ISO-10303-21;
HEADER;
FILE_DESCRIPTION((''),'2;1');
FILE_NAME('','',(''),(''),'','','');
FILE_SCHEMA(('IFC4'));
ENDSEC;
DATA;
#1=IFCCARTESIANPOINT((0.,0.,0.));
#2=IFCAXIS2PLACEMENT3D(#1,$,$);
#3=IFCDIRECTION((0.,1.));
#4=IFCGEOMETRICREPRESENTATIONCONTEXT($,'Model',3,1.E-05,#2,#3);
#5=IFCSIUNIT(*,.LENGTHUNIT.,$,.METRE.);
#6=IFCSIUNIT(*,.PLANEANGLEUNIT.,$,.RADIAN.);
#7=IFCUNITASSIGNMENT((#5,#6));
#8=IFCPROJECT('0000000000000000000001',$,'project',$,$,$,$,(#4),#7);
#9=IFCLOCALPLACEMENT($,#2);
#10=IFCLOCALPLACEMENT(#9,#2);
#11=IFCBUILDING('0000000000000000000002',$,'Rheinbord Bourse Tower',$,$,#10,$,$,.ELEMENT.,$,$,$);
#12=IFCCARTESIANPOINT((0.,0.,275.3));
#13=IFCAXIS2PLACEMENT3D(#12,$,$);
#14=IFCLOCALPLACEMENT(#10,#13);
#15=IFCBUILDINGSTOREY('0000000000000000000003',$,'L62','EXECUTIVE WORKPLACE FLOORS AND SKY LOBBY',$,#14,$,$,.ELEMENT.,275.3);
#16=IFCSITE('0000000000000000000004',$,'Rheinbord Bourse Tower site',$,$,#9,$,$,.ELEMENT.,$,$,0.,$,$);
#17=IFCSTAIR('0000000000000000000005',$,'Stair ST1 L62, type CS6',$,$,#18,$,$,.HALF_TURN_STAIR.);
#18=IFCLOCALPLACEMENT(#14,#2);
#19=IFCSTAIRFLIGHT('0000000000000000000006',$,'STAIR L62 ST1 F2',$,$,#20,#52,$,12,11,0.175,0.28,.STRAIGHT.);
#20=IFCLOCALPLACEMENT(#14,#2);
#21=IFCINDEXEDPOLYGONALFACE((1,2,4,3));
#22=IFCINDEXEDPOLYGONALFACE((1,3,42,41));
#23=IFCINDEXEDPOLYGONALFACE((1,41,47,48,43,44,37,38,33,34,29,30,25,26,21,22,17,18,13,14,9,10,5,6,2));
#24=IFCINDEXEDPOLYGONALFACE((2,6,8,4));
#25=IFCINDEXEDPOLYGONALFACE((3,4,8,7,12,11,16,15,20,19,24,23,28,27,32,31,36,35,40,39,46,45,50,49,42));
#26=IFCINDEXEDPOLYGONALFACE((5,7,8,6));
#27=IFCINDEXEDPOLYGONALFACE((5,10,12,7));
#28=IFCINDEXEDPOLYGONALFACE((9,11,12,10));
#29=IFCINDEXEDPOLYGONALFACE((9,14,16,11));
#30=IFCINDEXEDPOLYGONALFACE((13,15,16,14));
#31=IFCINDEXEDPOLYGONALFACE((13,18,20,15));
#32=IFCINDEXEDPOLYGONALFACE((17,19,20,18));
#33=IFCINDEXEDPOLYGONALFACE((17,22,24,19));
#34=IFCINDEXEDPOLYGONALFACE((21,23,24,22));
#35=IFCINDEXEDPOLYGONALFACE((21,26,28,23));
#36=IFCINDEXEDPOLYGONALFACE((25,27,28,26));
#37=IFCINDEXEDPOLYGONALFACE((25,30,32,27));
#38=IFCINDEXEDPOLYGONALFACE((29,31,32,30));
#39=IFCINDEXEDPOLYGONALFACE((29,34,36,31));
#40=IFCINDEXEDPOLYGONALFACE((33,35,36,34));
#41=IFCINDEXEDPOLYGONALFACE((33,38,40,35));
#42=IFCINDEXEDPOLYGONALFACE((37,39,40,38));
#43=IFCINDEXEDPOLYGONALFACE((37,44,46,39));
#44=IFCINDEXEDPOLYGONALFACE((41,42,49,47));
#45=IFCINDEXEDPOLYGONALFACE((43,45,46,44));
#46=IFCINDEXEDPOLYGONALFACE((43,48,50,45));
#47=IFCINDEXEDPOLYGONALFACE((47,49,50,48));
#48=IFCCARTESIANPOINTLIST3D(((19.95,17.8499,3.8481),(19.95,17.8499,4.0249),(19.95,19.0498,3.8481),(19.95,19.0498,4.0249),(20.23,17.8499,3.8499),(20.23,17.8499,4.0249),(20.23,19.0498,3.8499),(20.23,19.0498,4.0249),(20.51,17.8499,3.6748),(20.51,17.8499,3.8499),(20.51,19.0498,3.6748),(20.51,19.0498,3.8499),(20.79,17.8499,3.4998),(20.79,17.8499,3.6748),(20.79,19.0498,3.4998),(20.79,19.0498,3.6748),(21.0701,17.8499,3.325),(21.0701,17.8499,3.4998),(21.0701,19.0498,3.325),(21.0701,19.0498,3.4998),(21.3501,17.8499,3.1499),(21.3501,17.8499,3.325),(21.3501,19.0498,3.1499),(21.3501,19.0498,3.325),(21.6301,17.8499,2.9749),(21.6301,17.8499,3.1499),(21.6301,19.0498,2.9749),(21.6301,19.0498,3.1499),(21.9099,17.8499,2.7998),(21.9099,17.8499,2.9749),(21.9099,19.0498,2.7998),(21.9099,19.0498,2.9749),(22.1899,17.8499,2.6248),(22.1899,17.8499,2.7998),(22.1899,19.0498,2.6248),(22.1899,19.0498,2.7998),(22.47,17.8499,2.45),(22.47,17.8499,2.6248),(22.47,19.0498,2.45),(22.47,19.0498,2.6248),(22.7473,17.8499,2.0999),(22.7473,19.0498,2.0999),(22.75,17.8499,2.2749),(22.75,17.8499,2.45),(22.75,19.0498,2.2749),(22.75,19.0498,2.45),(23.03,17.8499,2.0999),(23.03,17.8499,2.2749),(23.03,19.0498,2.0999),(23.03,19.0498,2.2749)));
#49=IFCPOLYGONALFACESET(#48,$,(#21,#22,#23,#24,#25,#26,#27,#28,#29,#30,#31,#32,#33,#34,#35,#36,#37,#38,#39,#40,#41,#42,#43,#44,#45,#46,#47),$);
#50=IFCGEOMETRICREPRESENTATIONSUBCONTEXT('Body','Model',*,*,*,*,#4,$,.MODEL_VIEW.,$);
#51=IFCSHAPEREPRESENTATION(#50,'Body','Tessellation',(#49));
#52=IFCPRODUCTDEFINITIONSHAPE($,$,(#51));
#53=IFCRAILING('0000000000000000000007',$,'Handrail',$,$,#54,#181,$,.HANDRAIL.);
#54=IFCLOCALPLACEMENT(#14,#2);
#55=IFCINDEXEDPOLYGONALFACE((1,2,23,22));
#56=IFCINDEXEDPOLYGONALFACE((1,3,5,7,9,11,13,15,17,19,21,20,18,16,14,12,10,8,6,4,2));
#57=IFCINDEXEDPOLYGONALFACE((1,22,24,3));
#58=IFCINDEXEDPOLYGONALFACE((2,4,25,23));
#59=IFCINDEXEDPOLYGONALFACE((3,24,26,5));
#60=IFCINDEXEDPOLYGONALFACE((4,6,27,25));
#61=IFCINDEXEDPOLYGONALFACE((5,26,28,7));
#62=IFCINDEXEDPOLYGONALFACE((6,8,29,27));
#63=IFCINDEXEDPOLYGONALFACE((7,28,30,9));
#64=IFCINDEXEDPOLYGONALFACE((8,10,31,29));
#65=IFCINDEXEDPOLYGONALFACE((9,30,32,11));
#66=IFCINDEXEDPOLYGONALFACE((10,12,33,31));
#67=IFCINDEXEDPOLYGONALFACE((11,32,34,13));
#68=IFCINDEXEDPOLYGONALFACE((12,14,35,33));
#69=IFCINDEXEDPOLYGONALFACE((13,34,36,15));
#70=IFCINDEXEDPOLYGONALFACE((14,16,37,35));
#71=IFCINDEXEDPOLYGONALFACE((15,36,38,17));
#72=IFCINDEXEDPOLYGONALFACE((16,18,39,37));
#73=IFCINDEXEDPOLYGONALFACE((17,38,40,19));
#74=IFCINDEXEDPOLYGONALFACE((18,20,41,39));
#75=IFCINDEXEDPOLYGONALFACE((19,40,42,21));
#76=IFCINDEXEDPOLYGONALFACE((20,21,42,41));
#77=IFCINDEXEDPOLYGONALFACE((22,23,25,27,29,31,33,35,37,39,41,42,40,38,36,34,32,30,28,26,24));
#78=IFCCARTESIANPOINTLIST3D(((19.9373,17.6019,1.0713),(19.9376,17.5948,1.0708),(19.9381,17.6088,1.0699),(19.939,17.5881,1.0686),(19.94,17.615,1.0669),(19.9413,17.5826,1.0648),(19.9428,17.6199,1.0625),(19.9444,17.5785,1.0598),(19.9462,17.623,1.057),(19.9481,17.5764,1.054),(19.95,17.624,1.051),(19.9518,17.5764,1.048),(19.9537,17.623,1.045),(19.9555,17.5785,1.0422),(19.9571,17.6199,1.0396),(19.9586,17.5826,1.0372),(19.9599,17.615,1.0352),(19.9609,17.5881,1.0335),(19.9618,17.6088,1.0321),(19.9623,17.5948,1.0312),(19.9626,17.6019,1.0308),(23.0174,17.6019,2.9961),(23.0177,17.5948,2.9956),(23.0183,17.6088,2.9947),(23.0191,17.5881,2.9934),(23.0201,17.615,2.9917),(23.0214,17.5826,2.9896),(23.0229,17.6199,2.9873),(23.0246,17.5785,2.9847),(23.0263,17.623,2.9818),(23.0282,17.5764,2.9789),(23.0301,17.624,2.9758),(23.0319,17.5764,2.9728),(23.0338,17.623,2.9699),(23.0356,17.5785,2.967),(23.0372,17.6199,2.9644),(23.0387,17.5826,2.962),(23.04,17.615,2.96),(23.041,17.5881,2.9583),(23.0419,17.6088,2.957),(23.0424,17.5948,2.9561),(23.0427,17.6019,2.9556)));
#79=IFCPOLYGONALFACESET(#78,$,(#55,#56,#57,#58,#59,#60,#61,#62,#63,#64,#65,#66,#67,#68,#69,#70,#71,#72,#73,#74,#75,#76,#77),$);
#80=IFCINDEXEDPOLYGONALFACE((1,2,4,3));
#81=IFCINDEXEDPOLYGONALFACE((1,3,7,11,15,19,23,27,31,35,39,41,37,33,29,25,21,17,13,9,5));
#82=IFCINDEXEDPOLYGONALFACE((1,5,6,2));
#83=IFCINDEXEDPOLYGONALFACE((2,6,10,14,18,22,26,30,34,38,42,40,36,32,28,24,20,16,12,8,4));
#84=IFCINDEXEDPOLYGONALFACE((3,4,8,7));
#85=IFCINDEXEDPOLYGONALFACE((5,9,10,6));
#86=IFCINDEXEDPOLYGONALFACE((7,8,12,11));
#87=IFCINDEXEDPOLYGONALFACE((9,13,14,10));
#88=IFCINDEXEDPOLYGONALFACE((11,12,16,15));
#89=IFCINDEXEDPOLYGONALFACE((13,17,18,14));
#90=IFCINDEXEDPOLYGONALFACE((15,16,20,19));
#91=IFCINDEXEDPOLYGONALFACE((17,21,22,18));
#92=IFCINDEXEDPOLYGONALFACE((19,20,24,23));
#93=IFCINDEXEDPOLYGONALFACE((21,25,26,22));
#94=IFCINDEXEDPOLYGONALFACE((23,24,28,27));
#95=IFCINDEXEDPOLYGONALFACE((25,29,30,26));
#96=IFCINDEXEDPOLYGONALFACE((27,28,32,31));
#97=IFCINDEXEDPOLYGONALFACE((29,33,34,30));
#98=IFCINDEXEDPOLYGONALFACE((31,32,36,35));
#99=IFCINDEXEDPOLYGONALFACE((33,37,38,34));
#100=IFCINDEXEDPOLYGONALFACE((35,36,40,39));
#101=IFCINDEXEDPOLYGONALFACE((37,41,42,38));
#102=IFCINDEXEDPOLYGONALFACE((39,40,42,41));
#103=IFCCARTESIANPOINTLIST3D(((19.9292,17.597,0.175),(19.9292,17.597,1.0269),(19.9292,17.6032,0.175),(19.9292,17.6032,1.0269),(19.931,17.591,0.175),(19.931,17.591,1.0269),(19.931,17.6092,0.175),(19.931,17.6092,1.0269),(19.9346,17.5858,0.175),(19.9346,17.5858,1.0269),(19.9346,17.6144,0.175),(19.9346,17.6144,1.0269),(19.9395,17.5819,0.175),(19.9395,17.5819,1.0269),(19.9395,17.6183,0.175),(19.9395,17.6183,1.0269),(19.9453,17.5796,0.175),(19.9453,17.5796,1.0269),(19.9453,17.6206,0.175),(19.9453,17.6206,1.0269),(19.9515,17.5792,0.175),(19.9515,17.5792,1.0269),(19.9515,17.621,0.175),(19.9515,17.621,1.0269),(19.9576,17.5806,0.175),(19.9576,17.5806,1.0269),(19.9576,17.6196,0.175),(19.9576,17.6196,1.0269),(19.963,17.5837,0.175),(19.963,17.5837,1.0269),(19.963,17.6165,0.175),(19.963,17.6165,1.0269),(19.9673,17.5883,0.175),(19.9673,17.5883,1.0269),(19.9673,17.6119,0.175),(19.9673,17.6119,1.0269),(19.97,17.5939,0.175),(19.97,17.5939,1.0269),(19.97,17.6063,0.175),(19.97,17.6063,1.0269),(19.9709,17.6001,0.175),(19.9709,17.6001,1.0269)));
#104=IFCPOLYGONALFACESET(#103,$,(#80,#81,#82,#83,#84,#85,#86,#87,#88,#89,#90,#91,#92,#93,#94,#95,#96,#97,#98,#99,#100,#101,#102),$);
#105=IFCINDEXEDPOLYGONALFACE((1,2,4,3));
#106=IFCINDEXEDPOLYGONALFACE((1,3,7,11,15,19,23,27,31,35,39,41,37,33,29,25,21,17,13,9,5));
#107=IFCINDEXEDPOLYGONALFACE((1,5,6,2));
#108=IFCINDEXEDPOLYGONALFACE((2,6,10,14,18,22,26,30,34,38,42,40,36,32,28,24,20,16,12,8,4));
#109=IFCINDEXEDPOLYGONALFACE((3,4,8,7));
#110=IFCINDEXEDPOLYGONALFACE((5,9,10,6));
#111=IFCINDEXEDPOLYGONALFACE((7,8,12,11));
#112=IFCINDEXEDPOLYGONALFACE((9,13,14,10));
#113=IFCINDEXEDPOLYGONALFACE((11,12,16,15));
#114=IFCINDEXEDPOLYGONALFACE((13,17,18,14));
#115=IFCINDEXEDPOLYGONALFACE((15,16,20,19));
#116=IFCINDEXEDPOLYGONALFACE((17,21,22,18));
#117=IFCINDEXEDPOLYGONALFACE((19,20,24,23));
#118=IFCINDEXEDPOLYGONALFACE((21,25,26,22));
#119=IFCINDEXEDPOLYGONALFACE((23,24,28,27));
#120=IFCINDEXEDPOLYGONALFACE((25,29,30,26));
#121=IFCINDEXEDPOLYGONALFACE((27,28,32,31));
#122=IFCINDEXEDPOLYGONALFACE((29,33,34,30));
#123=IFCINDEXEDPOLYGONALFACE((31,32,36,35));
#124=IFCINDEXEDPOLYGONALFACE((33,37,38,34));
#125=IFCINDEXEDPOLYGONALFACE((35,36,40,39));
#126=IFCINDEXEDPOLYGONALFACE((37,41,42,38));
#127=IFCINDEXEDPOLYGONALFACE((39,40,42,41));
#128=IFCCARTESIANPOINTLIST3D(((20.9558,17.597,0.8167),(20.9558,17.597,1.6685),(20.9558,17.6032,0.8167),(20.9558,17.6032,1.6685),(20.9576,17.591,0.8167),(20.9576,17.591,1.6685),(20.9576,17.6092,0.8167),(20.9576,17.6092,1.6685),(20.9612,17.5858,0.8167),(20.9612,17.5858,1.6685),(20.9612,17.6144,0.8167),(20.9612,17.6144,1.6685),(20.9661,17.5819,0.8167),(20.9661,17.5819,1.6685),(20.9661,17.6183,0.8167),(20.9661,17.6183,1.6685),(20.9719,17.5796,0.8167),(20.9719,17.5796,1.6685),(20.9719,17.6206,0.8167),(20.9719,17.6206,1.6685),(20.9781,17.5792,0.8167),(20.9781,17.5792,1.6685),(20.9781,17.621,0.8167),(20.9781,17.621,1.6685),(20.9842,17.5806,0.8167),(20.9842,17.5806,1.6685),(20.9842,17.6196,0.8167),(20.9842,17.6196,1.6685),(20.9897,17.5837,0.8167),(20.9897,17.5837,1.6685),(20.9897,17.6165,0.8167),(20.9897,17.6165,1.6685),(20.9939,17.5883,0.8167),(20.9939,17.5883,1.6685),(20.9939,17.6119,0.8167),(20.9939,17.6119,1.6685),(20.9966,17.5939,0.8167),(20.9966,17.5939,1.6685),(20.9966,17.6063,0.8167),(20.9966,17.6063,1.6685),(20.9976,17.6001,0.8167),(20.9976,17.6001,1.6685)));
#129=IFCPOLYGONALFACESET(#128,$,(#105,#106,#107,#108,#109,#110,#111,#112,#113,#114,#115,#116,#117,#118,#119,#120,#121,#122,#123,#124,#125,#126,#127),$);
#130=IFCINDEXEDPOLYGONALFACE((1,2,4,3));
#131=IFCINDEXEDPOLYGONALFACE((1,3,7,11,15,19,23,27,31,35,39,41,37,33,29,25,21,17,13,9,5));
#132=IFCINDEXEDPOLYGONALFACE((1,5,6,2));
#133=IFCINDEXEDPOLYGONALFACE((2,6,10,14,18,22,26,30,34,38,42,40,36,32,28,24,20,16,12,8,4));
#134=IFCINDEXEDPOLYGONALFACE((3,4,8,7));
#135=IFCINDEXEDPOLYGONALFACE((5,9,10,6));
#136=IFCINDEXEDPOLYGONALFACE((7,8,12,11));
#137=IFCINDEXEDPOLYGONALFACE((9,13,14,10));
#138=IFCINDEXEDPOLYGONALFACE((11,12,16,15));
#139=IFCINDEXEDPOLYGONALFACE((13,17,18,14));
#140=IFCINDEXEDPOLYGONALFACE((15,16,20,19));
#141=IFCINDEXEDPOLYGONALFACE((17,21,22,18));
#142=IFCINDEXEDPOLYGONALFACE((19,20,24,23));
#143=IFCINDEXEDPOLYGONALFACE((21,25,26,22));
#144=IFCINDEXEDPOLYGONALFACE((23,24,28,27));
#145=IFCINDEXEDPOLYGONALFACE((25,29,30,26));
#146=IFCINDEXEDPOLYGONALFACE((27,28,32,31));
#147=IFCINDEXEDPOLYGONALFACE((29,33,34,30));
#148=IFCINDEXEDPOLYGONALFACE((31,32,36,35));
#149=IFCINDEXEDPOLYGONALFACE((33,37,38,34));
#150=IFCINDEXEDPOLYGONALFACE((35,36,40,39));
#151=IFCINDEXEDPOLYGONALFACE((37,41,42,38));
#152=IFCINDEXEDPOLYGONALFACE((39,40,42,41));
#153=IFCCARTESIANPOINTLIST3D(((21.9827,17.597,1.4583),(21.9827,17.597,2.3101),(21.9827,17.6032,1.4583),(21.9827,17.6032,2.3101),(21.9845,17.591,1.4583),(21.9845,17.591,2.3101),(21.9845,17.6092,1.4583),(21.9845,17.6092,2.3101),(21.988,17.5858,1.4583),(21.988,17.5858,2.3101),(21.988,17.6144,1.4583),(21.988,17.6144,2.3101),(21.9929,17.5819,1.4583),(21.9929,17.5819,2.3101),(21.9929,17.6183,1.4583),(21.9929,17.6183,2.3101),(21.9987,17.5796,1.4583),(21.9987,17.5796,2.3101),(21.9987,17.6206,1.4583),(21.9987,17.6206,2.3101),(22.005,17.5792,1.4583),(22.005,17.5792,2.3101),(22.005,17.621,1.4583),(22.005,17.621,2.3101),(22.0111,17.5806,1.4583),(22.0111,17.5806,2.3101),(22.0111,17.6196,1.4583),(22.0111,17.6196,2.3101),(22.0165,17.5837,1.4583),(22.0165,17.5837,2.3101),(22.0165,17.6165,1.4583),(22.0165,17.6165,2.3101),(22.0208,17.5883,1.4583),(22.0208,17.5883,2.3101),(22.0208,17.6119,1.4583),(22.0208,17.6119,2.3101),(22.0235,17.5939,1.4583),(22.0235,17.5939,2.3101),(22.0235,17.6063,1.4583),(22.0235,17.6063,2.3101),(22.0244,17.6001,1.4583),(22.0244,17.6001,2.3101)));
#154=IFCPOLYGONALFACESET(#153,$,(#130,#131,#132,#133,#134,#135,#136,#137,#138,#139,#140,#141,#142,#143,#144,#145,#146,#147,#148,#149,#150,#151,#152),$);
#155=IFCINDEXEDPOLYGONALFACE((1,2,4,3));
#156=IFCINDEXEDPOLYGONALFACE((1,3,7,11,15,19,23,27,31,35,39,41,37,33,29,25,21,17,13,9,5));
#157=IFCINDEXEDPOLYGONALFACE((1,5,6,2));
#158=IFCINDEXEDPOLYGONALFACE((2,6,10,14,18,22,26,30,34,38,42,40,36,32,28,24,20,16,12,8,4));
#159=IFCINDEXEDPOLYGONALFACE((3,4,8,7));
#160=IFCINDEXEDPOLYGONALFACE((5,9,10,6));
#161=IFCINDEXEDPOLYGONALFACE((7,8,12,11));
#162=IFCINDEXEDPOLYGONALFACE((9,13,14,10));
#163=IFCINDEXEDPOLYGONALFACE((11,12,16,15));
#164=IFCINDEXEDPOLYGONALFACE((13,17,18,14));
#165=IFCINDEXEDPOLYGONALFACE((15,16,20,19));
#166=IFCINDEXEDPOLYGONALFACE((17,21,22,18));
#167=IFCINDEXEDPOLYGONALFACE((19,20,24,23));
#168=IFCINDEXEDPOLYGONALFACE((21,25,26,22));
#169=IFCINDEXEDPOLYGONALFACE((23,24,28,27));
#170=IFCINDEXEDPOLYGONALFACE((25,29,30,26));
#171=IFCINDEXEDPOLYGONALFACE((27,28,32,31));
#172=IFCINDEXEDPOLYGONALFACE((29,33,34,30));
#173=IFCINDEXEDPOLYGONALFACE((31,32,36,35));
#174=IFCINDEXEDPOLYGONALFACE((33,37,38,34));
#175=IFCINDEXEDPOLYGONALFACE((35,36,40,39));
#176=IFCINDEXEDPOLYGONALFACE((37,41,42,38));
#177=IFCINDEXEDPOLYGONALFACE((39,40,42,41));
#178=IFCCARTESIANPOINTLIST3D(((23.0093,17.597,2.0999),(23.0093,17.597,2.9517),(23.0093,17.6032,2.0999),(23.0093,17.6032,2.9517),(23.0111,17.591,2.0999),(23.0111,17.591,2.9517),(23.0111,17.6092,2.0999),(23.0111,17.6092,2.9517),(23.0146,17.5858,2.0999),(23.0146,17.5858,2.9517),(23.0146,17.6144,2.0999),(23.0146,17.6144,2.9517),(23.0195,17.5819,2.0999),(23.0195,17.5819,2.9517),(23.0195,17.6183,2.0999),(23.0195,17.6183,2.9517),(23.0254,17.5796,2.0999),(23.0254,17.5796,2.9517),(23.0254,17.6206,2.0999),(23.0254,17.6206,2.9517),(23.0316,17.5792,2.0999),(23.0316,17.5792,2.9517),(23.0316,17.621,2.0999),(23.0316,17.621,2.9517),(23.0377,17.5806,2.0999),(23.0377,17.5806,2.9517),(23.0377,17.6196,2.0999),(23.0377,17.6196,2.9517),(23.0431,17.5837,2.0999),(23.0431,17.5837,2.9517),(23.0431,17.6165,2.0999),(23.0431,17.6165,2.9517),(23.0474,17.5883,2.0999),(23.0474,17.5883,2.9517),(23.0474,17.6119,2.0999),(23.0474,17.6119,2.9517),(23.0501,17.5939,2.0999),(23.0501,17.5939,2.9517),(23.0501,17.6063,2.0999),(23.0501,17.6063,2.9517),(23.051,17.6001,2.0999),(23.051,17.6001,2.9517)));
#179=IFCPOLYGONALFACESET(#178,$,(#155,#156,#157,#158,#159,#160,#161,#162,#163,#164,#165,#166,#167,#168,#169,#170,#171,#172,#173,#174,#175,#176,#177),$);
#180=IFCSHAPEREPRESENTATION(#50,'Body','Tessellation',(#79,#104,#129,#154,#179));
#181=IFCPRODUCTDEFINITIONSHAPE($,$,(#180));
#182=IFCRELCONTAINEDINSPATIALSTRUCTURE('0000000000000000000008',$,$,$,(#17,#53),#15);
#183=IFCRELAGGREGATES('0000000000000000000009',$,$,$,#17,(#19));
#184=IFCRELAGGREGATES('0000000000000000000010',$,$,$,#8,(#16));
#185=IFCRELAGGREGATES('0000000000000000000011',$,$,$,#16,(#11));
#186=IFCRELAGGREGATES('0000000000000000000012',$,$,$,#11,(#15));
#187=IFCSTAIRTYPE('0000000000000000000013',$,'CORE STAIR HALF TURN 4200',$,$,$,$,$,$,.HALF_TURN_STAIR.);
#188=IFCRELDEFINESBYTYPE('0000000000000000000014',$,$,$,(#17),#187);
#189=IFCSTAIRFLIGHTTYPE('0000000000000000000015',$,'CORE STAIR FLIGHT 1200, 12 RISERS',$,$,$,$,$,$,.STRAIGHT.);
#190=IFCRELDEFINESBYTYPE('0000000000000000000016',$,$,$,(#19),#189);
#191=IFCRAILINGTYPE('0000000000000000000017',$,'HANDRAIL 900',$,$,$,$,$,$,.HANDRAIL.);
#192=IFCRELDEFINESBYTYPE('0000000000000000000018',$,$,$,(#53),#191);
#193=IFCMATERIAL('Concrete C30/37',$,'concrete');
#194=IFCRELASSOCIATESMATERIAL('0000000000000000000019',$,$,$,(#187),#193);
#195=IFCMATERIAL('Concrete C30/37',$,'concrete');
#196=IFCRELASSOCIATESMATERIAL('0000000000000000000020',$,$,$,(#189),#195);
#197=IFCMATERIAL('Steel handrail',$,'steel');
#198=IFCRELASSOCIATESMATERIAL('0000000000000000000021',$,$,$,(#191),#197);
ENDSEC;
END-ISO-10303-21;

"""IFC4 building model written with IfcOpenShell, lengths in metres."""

from ifc_helpers import new_model, si_unit, direction, frame, origin, origin_2d, place, context, subcontext, project, spatial, polyline, circle, outline, extrude, material, type_object, element, aggregate, save


model = new_model("IFC4")

# Units and contexts
model_context = context("Model", 3, precision=1e-05, world=origin(), true_north=direction((0.0, 1.0)))
body_context = subcontext(model_context, "Body", "Model", "MODEL_VIEW")
ifc_project = project(units=[si_unit("LENGTHUNIT", "METRE"), si_unit("PLANEANGLEUNIT", "RADIAN")], contexts=[model_context])

# Site, building, storey
site_placement = place(None, origin())
site = spatial("IfcSite", under=ifc_project, at=site_placement, Name="Rheinbord Bourse Tower site", CompositionType="ELEMENT", RefElevation=0.0)
building_placement = place(site_placement, origin())
building = spatial("IfcBuilding", under=site, at=building_placement, Name="Rheinbord Bourse Tower", CompositionType="ELEMENT")
storey_placement = place(building_placement, frame((0.0, 0.0, 275.3)))
storey = spatial("IfcBuildingStorey", under=building, at=storey_placement, Name="L62", Description="EXECUTIVE WORKPLACE FLOORS AND SKY LOBBY", CompositionType="ELEMENT", Elevation=275.3)

# Stair, stair flight
ifc_material_1 = material(Name="Concrete C30/37", Category="concrete")
stair_type = type_object("IfcStairType", Name="CORE STAIR HALF TURN 4200", PredefinedType="HALF_TURN_STAIR", material=ifc_material_1)
stair_placement = place(storey_placement, origin())
stair = element("IfcStair", 1, at=stair_placement, inside=storey, type_object=stair_type, Name="Stair ST1 L62, type CS6", PredefinedType="HALF_TURN_STAIR")
ifc_material_2 = material(Name="Concrete C30/37", Category="concrete")
stair_flight_type = type_object("IfcStairFlightType", Name="CORE STAIR FLIGHT 1200, 12 RISERS", PredefinedType="STRAIGHT", material=ifc_material_2)
stair_flight_1_placement = place(storey_placement, frame((23.03, 18.45, 2.0999), z_axis=(0.0, 0.0, 1.0), x_axis=(-1.0, 0.0, 0.0)))
stair_flight_1 = element("IfcStairFlight", 2, at=stair_flight_1_placement, type_object=stair_flight_type, Name="STAIR L62 ST1 F2", NumberOfRisers=12, NumberOfTreads=11, PredefinedType="STRAIGHT", RiserHeight=0.175, TreadLength=0.28, context=body_context, shape_type="SweptSolid", body=[
    extrude(outline(polyline([(0.0, 0.0), (0.0, 0.175), (0.28, 0.175), (0.28, 0.3501), (0.5601, 0.3501), (0.5601, 0.5249), (0.8401, 0.5249), (0.8401, 0.7), (1.1201, 0.7), (1.1201, 0.875), (1.3999, 0.875), (1.3999, 1.05), (1.6799, 1.05), (1.6799, 1.2251), (1.96, 1.2251), (1.96, 1.3999), (2.24, 1.3999), (2.24, 1.575), (2.52, 1.575), (2.52, 1.75), (2.8, 1.75), (2.8, 1.925), (3.0801, 1.925), (3.0801, 2.1001), (3.0801, 1.7483), (0.2827, 0.0), (0.0, 0.0)])), frame((0.0, 0.6001, 0.0), z_axis=(0.0, -1.0, 0.0), x_axis=(1.0, 0.0, 0.0)), (0.0, 0.0, 1.0), 1.2),
])
aggregate(stair, [stair_flight_1])

# Railing
ifc_material_3 = material(Name="Steel handrail", Category="steel")
railing_type = type_object("IfcRailingType", Name="HANDRAIL 900", PredefinedType="HANDRAIL", material=ifc_material_3)
railing_1_placement = place(storey_placement, frame((19.95, 17.6001, 0.175)))
element("IfcRailing", 3, at=railing_1_placement, inside=storey, type_object=railing_type, Name="Handrail", PredefinedType="HANDRAIL", context=body_context, shape_type="SweptSolid", body=[
    extrude(circle(Radius=0.0239, at=origin_2d()), frame((0.0, 0.0, 0.876), z_axis=(0.848029, 0.0, 0.529951), x_axis=(0.0, 1.0, 0.0)), (0.0, 0.0, 1.0), 3.6321),
    extrude(circle(Radius=0.021, at=origin_2d()), origin(), (0.0, 0.0, 1.0), 0.8518),
    extrude(circle(Radius=0.021, at=origin_2d()), frame((1.0266, 0.0, 0.6416)), (0.0, 0.0, 1.0), 0.8518),
    extrude(circle(Radius=0.021, at=origin_2d()), frame((2.0535, 0.0, 1.2832)), (0.0, 0.0, 1.0), 0.8518),
    extrude(circle(Radius=0.021, at=origin_2d()), frame((3.0801, 0.0, 1.9248)), (0.0, 0.0, 1.0), 0.8518),
])

save(model, "model.ifc")
